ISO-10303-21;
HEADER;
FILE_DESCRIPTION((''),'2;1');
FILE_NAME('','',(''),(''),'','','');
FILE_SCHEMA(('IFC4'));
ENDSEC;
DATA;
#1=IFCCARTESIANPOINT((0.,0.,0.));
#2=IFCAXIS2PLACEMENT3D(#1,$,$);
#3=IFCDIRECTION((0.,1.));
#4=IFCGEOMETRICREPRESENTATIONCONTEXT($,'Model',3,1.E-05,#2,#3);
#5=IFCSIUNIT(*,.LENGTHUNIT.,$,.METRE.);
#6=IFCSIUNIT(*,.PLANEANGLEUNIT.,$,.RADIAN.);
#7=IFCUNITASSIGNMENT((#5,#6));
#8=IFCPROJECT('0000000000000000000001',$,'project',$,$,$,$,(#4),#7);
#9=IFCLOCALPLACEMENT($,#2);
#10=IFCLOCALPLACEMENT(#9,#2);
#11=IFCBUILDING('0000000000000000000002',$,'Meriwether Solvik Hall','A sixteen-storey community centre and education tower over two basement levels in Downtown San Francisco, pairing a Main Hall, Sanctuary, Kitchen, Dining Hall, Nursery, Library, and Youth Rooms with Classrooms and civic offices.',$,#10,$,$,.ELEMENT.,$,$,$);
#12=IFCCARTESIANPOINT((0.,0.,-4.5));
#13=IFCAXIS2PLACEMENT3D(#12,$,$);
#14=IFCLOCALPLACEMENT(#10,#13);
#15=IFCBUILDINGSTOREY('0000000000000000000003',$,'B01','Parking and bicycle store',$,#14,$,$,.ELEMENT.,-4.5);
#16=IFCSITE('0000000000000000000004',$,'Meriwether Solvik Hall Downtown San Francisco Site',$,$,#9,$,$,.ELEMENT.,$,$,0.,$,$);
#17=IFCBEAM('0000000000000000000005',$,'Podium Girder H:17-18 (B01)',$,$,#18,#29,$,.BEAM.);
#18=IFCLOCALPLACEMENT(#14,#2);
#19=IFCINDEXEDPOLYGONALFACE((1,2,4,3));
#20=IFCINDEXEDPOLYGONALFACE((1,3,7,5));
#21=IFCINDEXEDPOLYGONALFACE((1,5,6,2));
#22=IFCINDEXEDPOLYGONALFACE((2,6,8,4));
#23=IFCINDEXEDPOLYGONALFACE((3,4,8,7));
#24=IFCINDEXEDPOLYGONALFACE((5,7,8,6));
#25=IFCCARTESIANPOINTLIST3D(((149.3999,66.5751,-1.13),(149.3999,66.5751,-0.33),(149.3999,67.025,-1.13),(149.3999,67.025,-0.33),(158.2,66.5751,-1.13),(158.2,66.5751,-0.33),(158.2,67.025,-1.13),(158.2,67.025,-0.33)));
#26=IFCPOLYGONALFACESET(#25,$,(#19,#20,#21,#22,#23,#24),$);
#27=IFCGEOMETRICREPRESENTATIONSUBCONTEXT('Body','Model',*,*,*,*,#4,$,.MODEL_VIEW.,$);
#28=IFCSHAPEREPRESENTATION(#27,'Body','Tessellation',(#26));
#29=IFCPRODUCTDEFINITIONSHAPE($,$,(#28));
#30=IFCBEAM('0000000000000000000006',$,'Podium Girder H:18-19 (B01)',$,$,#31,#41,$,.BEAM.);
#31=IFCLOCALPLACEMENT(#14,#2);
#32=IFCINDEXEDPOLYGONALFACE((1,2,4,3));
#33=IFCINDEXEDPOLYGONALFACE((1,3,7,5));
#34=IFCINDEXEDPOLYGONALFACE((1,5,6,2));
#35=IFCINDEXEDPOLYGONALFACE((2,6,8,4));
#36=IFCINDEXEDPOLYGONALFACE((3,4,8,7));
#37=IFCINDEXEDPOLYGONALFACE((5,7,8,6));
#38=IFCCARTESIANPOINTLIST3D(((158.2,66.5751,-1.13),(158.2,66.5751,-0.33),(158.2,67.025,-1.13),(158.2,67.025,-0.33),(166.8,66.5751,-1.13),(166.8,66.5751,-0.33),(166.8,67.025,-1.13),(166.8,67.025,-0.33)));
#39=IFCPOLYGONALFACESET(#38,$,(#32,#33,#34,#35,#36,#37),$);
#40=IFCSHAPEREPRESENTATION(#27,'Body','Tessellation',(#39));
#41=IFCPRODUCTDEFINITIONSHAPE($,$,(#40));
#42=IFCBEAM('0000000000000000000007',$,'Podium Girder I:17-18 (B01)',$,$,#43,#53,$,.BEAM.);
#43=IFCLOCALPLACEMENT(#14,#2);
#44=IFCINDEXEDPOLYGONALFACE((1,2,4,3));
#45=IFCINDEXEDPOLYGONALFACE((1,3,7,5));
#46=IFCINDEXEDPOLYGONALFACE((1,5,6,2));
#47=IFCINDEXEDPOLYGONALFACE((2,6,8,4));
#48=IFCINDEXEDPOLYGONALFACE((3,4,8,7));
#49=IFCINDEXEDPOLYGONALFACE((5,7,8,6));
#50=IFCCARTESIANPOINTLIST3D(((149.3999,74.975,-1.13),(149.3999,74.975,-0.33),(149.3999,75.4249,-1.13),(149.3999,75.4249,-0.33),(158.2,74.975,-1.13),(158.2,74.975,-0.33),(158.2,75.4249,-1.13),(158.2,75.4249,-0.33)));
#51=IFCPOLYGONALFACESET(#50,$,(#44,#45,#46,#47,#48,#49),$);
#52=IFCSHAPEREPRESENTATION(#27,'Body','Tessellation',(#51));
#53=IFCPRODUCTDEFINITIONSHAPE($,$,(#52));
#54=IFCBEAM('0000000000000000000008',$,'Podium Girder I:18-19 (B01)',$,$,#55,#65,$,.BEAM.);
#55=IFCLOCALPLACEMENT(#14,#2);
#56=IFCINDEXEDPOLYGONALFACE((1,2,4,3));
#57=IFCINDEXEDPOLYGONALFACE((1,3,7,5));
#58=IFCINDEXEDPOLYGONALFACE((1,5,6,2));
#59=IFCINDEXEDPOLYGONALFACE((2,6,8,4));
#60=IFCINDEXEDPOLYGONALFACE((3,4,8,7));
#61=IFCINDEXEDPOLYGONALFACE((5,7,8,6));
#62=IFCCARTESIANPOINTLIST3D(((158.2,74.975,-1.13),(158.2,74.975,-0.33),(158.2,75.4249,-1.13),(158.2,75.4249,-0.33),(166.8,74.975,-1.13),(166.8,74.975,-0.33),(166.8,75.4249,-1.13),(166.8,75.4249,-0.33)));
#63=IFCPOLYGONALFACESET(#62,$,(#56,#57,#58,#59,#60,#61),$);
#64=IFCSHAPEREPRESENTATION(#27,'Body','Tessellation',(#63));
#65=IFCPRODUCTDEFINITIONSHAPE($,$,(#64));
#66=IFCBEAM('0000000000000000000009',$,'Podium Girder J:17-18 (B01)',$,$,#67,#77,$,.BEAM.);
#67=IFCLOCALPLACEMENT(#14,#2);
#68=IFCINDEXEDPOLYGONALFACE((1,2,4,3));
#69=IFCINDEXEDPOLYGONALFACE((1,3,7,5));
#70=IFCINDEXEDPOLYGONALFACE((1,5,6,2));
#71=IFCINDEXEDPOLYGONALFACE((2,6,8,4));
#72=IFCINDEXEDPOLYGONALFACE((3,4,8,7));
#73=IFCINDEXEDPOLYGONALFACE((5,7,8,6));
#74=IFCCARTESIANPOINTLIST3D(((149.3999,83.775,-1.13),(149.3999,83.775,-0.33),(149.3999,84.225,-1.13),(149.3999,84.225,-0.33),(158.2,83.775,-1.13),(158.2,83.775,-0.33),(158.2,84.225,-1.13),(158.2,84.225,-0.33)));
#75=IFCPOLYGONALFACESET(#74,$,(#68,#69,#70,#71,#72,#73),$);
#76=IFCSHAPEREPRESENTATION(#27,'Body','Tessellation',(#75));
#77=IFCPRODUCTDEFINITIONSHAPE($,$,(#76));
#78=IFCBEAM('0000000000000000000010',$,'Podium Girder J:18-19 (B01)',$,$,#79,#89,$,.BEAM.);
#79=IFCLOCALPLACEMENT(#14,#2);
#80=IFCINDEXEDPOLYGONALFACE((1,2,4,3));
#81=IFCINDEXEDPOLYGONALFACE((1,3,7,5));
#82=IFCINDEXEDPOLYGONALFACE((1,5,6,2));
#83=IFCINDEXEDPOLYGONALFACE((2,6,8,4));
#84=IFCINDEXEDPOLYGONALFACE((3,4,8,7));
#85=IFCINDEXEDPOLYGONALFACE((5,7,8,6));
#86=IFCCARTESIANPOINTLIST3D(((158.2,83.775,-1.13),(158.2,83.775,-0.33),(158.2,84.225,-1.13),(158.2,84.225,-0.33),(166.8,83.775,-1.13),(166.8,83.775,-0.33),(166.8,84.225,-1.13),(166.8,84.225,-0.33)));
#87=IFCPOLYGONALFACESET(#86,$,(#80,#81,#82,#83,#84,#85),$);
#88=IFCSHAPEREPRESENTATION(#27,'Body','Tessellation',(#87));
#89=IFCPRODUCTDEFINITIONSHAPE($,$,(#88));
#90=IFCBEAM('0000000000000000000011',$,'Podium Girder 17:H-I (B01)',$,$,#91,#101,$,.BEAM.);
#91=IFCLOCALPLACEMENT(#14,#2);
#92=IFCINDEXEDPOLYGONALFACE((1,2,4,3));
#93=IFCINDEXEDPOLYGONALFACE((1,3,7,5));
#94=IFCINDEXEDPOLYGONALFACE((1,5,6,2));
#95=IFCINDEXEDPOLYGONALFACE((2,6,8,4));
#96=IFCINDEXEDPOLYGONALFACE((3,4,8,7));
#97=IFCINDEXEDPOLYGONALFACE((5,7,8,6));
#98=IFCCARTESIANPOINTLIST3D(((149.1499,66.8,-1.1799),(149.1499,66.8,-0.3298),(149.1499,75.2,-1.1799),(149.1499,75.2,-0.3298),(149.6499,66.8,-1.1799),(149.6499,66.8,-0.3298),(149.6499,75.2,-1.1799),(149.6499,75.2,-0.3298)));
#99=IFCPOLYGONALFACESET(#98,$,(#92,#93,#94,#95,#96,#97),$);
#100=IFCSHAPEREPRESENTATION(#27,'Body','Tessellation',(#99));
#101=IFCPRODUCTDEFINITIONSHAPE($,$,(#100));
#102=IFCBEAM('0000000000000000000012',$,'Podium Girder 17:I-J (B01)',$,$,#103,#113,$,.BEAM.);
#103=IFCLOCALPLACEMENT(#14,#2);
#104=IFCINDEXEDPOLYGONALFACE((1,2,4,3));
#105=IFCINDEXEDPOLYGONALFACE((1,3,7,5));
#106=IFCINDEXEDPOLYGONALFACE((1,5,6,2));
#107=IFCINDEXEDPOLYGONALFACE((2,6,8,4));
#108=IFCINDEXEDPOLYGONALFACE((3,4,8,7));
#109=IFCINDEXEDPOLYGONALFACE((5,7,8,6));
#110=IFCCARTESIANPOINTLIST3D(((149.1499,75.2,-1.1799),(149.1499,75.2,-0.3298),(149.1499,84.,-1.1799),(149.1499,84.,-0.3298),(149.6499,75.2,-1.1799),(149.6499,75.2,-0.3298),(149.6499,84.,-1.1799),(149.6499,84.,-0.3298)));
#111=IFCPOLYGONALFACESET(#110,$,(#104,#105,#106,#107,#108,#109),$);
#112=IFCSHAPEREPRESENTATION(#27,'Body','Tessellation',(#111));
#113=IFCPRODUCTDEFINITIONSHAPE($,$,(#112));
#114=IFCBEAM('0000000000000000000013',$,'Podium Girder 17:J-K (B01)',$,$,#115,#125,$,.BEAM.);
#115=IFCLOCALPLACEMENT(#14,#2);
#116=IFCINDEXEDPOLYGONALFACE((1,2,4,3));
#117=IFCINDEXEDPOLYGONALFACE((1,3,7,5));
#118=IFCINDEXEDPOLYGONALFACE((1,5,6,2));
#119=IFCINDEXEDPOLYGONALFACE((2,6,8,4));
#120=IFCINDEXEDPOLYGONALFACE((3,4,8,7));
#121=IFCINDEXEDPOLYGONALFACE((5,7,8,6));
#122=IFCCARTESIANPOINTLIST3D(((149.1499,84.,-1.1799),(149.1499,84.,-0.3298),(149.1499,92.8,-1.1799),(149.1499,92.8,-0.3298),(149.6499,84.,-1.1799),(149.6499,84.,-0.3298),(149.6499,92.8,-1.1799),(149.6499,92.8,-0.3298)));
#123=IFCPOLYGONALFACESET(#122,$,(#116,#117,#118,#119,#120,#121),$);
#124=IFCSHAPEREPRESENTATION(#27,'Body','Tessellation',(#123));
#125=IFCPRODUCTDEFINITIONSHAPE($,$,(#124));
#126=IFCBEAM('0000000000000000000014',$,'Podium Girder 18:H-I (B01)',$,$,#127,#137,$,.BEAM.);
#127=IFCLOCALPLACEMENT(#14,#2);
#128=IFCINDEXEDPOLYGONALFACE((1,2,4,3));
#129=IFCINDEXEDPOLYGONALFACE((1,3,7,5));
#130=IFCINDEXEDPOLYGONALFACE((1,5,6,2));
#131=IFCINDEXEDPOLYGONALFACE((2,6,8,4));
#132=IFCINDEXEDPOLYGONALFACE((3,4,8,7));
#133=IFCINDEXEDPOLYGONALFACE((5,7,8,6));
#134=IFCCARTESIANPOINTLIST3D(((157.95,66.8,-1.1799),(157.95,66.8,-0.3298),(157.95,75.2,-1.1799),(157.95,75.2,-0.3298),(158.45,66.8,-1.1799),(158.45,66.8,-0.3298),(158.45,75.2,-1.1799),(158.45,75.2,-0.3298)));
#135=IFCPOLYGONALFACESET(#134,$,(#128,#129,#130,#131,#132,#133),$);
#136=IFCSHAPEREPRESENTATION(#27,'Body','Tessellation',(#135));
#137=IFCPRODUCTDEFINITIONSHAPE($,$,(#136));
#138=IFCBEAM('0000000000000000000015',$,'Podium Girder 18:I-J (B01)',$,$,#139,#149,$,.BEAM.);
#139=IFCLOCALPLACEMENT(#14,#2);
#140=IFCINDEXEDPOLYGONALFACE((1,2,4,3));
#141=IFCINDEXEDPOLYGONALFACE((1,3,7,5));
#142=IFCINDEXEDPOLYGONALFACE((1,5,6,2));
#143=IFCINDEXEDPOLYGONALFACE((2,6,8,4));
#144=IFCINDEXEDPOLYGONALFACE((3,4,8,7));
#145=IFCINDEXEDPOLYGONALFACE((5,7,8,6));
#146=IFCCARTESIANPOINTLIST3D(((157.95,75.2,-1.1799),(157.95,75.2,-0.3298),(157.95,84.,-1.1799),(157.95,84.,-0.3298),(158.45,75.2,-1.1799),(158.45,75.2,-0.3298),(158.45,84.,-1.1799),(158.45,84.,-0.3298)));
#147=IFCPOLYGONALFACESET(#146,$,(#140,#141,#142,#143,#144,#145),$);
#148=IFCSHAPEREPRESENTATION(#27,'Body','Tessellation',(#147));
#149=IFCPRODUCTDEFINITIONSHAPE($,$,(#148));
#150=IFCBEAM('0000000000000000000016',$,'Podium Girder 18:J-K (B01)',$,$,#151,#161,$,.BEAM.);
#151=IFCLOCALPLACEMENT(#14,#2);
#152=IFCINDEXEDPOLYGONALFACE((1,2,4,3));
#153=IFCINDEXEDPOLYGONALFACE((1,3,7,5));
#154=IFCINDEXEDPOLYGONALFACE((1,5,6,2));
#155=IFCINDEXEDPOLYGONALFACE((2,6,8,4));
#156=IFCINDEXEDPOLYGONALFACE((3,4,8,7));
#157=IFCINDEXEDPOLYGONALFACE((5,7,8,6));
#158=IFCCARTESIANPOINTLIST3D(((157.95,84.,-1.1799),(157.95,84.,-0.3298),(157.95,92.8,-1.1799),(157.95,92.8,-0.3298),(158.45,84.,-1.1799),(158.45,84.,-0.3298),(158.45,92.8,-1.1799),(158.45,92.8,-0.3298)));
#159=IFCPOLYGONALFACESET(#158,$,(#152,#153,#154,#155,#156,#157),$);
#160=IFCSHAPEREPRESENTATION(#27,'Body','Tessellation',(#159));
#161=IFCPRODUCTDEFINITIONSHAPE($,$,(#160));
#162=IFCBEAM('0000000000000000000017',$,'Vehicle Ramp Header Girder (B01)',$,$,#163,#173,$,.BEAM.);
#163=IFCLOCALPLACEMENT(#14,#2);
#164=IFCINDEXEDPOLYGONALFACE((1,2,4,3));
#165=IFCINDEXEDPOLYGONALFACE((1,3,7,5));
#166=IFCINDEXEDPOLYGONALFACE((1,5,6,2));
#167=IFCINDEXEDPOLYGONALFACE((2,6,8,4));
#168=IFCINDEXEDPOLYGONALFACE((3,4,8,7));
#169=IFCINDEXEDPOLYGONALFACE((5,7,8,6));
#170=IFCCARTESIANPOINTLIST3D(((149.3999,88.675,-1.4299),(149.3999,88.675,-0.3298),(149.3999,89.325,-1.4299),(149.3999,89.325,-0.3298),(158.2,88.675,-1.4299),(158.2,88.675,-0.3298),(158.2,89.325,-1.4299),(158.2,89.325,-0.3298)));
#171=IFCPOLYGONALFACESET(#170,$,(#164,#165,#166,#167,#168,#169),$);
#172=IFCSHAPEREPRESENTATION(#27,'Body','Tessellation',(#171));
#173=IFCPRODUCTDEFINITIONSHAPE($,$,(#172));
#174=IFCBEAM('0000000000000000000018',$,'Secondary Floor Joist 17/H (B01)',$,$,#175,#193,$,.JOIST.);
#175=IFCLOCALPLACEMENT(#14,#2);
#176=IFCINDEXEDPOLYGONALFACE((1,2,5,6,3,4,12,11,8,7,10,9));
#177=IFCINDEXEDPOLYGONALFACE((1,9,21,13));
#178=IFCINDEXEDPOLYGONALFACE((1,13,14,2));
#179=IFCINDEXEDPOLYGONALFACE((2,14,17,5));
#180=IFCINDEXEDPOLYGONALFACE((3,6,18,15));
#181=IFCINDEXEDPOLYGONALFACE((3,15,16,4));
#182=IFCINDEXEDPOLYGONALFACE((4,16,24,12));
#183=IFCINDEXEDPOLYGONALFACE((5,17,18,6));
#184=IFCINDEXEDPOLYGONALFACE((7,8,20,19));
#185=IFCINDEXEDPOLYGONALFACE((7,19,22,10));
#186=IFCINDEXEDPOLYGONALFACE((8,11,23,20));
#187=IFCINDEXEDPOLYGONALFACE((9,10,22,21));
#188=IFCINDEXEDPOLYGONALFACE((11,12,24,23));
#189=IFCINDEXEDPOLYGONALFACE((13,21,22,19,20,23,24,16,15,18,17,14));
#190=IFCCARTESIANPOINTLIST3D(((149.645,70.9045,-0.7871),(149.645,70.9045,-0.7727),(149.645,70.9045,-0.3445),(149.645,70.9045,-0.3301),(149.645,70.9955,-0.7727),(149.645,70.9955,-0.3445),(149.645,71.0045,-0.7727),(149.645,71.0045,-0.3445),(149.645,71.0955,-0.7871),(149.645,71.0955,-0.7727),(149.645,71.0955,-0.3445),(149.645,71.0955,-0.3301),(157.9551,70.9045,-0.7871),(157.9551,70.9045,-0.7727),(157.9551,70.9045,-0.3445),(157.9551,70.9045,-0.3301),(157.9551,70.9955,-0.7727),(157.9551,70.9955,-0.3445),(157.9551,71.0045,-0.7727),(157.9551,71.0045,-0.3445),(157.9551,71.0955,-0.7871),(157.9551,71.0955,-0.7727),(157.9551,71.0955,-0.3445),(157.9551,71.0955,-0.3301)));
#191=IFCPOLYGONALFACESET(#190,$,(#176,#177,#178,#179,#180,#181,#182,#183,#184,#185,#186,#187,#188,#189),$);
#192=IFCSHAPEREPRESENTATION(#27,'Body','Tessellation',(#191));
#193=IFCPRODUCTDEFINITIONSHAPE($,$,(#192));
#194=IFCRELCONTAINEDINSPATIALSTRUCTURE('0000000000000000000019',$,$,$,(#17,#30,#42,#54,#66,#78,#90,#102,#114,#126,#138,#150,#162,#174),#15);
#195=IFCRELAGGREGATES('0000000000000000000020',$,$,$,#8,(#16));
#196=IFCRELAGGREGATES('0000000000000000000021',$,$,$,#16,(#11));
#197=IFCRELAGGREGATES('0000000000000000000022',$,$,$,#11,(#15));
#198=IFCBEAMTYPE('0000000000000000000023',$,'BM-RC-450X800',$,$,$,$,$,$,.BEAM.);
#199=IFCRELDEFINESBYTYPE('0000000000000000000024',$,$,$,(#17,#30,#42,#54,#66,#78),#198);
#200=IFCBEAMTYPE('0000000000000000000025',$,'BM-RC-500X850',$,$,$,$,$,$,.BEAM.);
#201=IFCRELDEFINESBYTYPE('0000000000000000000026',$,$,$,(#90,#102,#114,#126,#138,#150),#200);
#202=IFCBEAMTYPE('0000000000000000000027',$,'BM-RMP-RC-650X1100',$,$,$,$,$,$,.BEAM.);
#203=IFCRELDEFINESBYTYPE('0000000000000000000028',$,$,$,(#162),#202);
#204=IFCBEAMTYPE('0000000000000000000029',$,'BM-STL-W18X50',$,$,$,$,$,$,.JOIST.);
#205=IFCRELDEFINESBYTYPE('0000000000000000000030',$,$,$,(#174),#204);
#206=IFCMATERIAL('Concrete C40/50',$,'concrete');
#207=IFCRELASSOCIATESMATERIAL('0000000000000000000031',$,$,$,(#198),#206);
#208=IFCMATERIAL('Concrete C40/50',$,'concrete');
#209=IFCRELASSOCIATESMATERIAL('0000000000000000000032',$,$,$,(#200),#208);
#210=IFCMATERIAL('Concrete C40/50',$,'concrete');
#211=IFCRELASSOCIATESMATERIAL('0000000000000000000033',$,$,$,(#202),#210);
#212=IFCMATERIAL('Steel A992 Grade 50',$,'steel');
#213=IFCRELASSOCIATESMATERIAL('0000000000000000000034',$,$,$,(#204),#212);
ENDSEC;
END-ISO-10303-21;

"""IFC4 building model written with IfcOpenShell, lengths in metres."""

from ifc_helpers import new_model, si_unit, direction, frame, origin, origin_2d, place, context, subcontext, project, spatial, rectangle, i_section, extrude, material, material_profile, profile_set, type_object, element, save


model = new_model("IFC4")

# Units and contexts
model_context = context("Model", 3, precision=1e-05, world=origin(), true_north=direction((0.0, 1.0)))
body_context = subcontext(model_context, "Body", "Model", "MODEL_VIEW")
ifc_project = project(units=[si_unit("LENGTHUNIT", "METRE"), si_unit("PLANEANGLEUNIT", "RADIAN")], contexts=[model_context])

# Site, building, storey
site_placement = place(None, origin())
site = spatial("IfcSite", under=ifc_project, at=site_placement, Name="Meriwether Solvik Hall Downtown San Francisco Site", CompositionType="ELEMENT", RefElevation=0.0)
building_placement = place(site_placement, origin())
building = spatial("IfcBuilding", under=site, at=building_placement, Name="Meriwether Solvik Hall", Description="A sixteen-storey community centre and education tower over two basement levels in Downtown San Francisco, pairing a Main Hall, Sanctuary, Kitchen, Dining Hall, Nursery, Library, and Youth Rooms with Classrooms and civic offices.", CompositionType="ELEMENT")
storey_placement = place(building_placement, frame((0.0, 0.0, -4.5)))
storey = spatial("IfcBuildingStorey", under=building, at=storey_placement, Name="B01", Description="Parking and bicycle store", CompositionType="ELEMENT", Elevation=-4.5)

# Beams
ifc_material_1 = material(Name="Concrete C40/50", Category="concrete")
ifc_material_profile_1 = material_profile(ifc_material_1, rectangle(XDim=0.45, YDim=0.8, at=origin_2d()), Name="RCB-450X800")
ifc_profile_set_1 = profile_set([ifc_material_profile_1], Name="Concrete C40/50")
beam_type_1 = type_object("IfcBeamType", Name="BM-RC-450X800", PredefinedType="BEAM", material=ifc_profile_set_1)
beam_1_placement = place(storey_placement, frame((149.3999, 66.8, -0.73), z_axis=(1.0, 0.0, 0.0), x_axis=(0.0, 1.0, 0.0)))
element("IfcBeam", 1, at=beam_1_placement, inside=storey, type_object=beam_type_1, Name="Podium Girder H:17-18 (B01)", PredefinedType="BEAM", context=body_context, shape_type="SweptSolid", body=[
    extrude(rectangle(XDim=0.45, YDim=0.8, at=origin_2d()), origin(), (0.0, 0.0, 1.0), 8.8),
])
beam_2_placement = place(storey_placement, frame((158.2, 66.8, -0.73), z_axis=(1.0, 0.0, 0.0), x_axis=(0.0, 1.0, 0.0)))
element("IfcBeam", 2, at=beam_2_placement, inside=storey, type_object=beam_type_1, Name="Podium Girder H:18-19 (B01)", PredefinedType="BEAM", context=body_context, shape_type="SweptSolid", body=[
    extrude(rectangle(XDim=0.45, YDim=0.8, at=origin_2d()), origin(), (0.0, 0.0, 1.0), 8.6001),
])
beam_3_placement = place(storey_placement, frame((149.3999, 75.2, -0.73), z_axis=(1.0, 0.0, 0.0), x_axis=(0.0, 1.0, 0.0)))
element("IfcBeam", 3, at=beam_3_placement, inside=storey, type_object=beam_type_1, Name="Podium Girder I:17-18 (B01)", PredefinedType="BEAM", context=body_context, shape_type="SweptSolid", body=[
    extrude(rectangle(XDim=0.45, YDim=0.8, at=origin_2d()), origin(), (0.0, 0.0, 1.0), 8.8),
])
beam_4_placement = place(storey_placement, frame((158.2, 75.2, -0.73), z_axis=(1.0, 0.0, 0.0), x_axis=(0.0, 1.0, 0.0)))
element("IfcBeam", 4, at=beam_4_placement, inside=storey, type_object=beam_type_1, Name="Podium Girder I:18-19 (B01)", PredefinedType="BEAM", context=body_context, shape_type="SweptSolid", body=[
    extrude(rectangle(XDim=0.45, YDim=0.8, at=origin_2d()), origin(), (0.0, 0.0, 1.0), 8.6001),
])
beam_5_placement = place(storey_placement, frame((149.3999, 84.0, -0.73), z_axis=(1.0, 0.0, 0.0), x_axis=(0.0, 1.0, 0.0)))
element("IfcBeam", 5, at=beam_5_placement, inside=storey, type_object=beam_type_1, Name="Podium Girder J:17-18 (B01)", PredefinedType="BEAM", context=body_context, shape_type="SweptSolid", body=[
    extrude(rectangle(XDim=0.45, YDim=0.8, at=origin_2d()), origin(), (0.0, 0.0, 1.0), 8.8),
])
beam_6_placement = place(storey_placement, frame((158.2, 84.0, -0.73), z_axis=(1.0, 0.0, 0.0), x_axis=(0.0, 1.0, 0.0)))
element("IfcBeam", 6, at=beam_6_placement, inside=storey, type_object=beam_type_1, Name="Podium Girder J:18-19 (B01)", PredefinedType="BEAM", context=body_context, shape_type="SweptSolid", body=[
    extrude(rectangle(XDim=0.45, YDim=0.8, at=origin_2d()), origin(), (0.0, 0.0, 1.0), 8.6001),
])
ifc_material_2 = material(Name="Concrete C40/50", Category="concrete")
ifc_material_profile_2 = material_profile(ifc_material_2, rectangle(XDim=0.5, YDim=0.8501, at=origin_2d()), Name="RCB-500X850")
ifc_profile_set_2 = profile_set([ifc_material_profile_2], Name="Concrete C40/50")
beam_type_2 = type_object("IfcBeamType", Name="BM-RC-500X850", PredefinedType="BEAM", material=ifc_profile_set_2)
beam_7_placement = place(storey_placement, frame((149.3999, 66.8, -0.7549), z_axis=(0.0, 1.0, 0.0), x_axis=(-1.0, 0.0, 0.0)))
element("IfcBeam", 7, at=beam_7_placement, inside=storey, type_object=beam_type_2, Name="Podium Girder 17:H-I (B01)", PredefinedType="BEAM", context=body_context, shape_type="SweptSolid", body=[
    extrude(rectangle(XDim=0.5, YDim=0.8501, at=origin_2d()), origin(), (0.0, 0.0, 1.0), 8.3999),
])
for number, where, z_axis, x_axis, name in (
    (8, (149.3999, 75.2, -0.7549), (0.0, 1.0, 0.0), (-1.0, 0.0, 0.0), "Podium Girder 17:I-J (B01)"),
    (9, (149.3999, 84.0, -0.7549), (0.0, 1.0, 0.0), (-1.0, 0.0, 0.0), "Podium Girder 17:J-K (B01)"),
):
    element("IfcBeam", number, at=place(storey_placement, frame(where, z_axis=z_axis, x_axis=x_axis)), inside=storey, type_object=beam_type_2, Name=name, PredefinedType="BEAM", context=body_context, shape_type="SweptSolid", body=[
        extrude(rectangle(XDim=0.5, YDim=0.8501, at=origin_2d()), origin(), (0.0, 0.0, 1.0), 8.8),
    ])
beam_8_placement = place(storey_placement, frame((158.2, 66.8, -0.7549), z_axis=(0.0, 1.0, 0.0), x_axis=(-1.0, 0.0, 0.0)))
element("IfcBeam", 10, at=beam_8_placement, inside=storey, type_object=beam_type_2, Name="Podium Girder 18:H-I (B01)", PredefinedType="BEAM", context=body_context, shape_type="SweptSolid", body=[
    extrude(rectangle(XDim=0.5, YDim=0.8501, at=origin_2d()), origin(), (0.0, 0.0, 1.0), 8.3999),
])
for number, where, z_axis, x_axis, name in (
    (11, (158.2, 75.2, -0.7549), (0.0, 1.0, 0.0), (-1.0, 0.0, 0.0), "Podium Girder 18:I-J (B01)"),
    (12, (158.2, 84.0, -0.7549), (0.0, 1.0, 0.0), (-1.0, 0.0, 0.0), "Podium Girder 18:J-K (B01)"),
):
    element("IfcBeam", number, at=place(storey_placement, frame(where, z_axis=z_axis, x_axis=x_axis)), inside=storey, type_object=beam_type_2, Name=name, PredefinedType="BEAM", context=body_context, shape_type="SweptSolid", body=[
        extrude(rectangle(XDim=0.5, YDim=0.8501, at=origin_2d()), origin(), (0.0, 0.0, 1.0), 8.8),
    ])
ifc_material_3 = material(Name="Concrete C40/50", Category="concrete")
ifc_material_profile_3 = material_profile(ifc_material_3, rectangle(XDim=0.6499, YDim=1.1001, at=origin_2d()), Name="RCB-650X1100")
ifc_profile_set_3 = profile_set([ifc_material_profile_3], Name="Concrete C40/50")
beam_type_3 = type_object("IfcBeamType", Name="BM-RMP-RC-650X1100", PredefinedType="BEAM", material=ifc_profile_set_3)
beam_9_placement = place(storey_placement, frame((149.3999, 89.0, -0.8799), z_axis=(1.0, 0.0, 0.0), x_axis=(0.0, 1.0, 0.0)))
element("IfcBeam", 13, at=beam_9_placement, inside=storey, type_object=beam_type_3, Name="Vehicle Ramp Header Girder (B01)", PredefinedType="BEAM", context=body_context, shape_type="SweptSolid", body=[
    extrude(rectangle(XDim=0.6499, YDim=1.1001, at=origin_2d()), origin(), (0.0, 0.0, 1.0), 8.8),
])
ifc_material_4 = material(Name="Steel A992 Grade 50", Category="steel")
ifc_material_profile_4 = material_profile(ifc_material_4, i_section(OverallWidth=0.1909, OverallDepth=0.457, WebThickness=0.009, FlangeThickness=0.0144, at=origin_2d()), Name="W18X50")
ifc_profile_set_4 = profile_set([ifc_material_profile_4], Name="Steel A992 Grade 50")
beam_type_4 = type_object("IfcBeamType", Name="BM-STL-W18X50", PredefinedType="JOIST", material=ifc_profile_set_4)
beam_10_placement = place(storey_placement, frame((149.645, 71.0, -0.5586), z_axis=(1.0, 0.0, 0.0), x_axis=(0.0, 1.0, 0.0)))
element("IfcBeam", 14, at=beam_10_placement, inside=storey, type_object=beam_type_4, Name="Secondary Floor Joist 17/H (B01)", PredefinedType="JOIST", context=body_context, shape_type="SweptSolid", body=[
    extrude(i_section(OverallWidth=0.1909, OverallDepth=0.457, WebThickness=0.009, FlangeThickness=0.0144, at=origin_2d()), origin(), (0.0, 0.0, 1.0), 8.3101),
])

save(model, "model.ifc")
